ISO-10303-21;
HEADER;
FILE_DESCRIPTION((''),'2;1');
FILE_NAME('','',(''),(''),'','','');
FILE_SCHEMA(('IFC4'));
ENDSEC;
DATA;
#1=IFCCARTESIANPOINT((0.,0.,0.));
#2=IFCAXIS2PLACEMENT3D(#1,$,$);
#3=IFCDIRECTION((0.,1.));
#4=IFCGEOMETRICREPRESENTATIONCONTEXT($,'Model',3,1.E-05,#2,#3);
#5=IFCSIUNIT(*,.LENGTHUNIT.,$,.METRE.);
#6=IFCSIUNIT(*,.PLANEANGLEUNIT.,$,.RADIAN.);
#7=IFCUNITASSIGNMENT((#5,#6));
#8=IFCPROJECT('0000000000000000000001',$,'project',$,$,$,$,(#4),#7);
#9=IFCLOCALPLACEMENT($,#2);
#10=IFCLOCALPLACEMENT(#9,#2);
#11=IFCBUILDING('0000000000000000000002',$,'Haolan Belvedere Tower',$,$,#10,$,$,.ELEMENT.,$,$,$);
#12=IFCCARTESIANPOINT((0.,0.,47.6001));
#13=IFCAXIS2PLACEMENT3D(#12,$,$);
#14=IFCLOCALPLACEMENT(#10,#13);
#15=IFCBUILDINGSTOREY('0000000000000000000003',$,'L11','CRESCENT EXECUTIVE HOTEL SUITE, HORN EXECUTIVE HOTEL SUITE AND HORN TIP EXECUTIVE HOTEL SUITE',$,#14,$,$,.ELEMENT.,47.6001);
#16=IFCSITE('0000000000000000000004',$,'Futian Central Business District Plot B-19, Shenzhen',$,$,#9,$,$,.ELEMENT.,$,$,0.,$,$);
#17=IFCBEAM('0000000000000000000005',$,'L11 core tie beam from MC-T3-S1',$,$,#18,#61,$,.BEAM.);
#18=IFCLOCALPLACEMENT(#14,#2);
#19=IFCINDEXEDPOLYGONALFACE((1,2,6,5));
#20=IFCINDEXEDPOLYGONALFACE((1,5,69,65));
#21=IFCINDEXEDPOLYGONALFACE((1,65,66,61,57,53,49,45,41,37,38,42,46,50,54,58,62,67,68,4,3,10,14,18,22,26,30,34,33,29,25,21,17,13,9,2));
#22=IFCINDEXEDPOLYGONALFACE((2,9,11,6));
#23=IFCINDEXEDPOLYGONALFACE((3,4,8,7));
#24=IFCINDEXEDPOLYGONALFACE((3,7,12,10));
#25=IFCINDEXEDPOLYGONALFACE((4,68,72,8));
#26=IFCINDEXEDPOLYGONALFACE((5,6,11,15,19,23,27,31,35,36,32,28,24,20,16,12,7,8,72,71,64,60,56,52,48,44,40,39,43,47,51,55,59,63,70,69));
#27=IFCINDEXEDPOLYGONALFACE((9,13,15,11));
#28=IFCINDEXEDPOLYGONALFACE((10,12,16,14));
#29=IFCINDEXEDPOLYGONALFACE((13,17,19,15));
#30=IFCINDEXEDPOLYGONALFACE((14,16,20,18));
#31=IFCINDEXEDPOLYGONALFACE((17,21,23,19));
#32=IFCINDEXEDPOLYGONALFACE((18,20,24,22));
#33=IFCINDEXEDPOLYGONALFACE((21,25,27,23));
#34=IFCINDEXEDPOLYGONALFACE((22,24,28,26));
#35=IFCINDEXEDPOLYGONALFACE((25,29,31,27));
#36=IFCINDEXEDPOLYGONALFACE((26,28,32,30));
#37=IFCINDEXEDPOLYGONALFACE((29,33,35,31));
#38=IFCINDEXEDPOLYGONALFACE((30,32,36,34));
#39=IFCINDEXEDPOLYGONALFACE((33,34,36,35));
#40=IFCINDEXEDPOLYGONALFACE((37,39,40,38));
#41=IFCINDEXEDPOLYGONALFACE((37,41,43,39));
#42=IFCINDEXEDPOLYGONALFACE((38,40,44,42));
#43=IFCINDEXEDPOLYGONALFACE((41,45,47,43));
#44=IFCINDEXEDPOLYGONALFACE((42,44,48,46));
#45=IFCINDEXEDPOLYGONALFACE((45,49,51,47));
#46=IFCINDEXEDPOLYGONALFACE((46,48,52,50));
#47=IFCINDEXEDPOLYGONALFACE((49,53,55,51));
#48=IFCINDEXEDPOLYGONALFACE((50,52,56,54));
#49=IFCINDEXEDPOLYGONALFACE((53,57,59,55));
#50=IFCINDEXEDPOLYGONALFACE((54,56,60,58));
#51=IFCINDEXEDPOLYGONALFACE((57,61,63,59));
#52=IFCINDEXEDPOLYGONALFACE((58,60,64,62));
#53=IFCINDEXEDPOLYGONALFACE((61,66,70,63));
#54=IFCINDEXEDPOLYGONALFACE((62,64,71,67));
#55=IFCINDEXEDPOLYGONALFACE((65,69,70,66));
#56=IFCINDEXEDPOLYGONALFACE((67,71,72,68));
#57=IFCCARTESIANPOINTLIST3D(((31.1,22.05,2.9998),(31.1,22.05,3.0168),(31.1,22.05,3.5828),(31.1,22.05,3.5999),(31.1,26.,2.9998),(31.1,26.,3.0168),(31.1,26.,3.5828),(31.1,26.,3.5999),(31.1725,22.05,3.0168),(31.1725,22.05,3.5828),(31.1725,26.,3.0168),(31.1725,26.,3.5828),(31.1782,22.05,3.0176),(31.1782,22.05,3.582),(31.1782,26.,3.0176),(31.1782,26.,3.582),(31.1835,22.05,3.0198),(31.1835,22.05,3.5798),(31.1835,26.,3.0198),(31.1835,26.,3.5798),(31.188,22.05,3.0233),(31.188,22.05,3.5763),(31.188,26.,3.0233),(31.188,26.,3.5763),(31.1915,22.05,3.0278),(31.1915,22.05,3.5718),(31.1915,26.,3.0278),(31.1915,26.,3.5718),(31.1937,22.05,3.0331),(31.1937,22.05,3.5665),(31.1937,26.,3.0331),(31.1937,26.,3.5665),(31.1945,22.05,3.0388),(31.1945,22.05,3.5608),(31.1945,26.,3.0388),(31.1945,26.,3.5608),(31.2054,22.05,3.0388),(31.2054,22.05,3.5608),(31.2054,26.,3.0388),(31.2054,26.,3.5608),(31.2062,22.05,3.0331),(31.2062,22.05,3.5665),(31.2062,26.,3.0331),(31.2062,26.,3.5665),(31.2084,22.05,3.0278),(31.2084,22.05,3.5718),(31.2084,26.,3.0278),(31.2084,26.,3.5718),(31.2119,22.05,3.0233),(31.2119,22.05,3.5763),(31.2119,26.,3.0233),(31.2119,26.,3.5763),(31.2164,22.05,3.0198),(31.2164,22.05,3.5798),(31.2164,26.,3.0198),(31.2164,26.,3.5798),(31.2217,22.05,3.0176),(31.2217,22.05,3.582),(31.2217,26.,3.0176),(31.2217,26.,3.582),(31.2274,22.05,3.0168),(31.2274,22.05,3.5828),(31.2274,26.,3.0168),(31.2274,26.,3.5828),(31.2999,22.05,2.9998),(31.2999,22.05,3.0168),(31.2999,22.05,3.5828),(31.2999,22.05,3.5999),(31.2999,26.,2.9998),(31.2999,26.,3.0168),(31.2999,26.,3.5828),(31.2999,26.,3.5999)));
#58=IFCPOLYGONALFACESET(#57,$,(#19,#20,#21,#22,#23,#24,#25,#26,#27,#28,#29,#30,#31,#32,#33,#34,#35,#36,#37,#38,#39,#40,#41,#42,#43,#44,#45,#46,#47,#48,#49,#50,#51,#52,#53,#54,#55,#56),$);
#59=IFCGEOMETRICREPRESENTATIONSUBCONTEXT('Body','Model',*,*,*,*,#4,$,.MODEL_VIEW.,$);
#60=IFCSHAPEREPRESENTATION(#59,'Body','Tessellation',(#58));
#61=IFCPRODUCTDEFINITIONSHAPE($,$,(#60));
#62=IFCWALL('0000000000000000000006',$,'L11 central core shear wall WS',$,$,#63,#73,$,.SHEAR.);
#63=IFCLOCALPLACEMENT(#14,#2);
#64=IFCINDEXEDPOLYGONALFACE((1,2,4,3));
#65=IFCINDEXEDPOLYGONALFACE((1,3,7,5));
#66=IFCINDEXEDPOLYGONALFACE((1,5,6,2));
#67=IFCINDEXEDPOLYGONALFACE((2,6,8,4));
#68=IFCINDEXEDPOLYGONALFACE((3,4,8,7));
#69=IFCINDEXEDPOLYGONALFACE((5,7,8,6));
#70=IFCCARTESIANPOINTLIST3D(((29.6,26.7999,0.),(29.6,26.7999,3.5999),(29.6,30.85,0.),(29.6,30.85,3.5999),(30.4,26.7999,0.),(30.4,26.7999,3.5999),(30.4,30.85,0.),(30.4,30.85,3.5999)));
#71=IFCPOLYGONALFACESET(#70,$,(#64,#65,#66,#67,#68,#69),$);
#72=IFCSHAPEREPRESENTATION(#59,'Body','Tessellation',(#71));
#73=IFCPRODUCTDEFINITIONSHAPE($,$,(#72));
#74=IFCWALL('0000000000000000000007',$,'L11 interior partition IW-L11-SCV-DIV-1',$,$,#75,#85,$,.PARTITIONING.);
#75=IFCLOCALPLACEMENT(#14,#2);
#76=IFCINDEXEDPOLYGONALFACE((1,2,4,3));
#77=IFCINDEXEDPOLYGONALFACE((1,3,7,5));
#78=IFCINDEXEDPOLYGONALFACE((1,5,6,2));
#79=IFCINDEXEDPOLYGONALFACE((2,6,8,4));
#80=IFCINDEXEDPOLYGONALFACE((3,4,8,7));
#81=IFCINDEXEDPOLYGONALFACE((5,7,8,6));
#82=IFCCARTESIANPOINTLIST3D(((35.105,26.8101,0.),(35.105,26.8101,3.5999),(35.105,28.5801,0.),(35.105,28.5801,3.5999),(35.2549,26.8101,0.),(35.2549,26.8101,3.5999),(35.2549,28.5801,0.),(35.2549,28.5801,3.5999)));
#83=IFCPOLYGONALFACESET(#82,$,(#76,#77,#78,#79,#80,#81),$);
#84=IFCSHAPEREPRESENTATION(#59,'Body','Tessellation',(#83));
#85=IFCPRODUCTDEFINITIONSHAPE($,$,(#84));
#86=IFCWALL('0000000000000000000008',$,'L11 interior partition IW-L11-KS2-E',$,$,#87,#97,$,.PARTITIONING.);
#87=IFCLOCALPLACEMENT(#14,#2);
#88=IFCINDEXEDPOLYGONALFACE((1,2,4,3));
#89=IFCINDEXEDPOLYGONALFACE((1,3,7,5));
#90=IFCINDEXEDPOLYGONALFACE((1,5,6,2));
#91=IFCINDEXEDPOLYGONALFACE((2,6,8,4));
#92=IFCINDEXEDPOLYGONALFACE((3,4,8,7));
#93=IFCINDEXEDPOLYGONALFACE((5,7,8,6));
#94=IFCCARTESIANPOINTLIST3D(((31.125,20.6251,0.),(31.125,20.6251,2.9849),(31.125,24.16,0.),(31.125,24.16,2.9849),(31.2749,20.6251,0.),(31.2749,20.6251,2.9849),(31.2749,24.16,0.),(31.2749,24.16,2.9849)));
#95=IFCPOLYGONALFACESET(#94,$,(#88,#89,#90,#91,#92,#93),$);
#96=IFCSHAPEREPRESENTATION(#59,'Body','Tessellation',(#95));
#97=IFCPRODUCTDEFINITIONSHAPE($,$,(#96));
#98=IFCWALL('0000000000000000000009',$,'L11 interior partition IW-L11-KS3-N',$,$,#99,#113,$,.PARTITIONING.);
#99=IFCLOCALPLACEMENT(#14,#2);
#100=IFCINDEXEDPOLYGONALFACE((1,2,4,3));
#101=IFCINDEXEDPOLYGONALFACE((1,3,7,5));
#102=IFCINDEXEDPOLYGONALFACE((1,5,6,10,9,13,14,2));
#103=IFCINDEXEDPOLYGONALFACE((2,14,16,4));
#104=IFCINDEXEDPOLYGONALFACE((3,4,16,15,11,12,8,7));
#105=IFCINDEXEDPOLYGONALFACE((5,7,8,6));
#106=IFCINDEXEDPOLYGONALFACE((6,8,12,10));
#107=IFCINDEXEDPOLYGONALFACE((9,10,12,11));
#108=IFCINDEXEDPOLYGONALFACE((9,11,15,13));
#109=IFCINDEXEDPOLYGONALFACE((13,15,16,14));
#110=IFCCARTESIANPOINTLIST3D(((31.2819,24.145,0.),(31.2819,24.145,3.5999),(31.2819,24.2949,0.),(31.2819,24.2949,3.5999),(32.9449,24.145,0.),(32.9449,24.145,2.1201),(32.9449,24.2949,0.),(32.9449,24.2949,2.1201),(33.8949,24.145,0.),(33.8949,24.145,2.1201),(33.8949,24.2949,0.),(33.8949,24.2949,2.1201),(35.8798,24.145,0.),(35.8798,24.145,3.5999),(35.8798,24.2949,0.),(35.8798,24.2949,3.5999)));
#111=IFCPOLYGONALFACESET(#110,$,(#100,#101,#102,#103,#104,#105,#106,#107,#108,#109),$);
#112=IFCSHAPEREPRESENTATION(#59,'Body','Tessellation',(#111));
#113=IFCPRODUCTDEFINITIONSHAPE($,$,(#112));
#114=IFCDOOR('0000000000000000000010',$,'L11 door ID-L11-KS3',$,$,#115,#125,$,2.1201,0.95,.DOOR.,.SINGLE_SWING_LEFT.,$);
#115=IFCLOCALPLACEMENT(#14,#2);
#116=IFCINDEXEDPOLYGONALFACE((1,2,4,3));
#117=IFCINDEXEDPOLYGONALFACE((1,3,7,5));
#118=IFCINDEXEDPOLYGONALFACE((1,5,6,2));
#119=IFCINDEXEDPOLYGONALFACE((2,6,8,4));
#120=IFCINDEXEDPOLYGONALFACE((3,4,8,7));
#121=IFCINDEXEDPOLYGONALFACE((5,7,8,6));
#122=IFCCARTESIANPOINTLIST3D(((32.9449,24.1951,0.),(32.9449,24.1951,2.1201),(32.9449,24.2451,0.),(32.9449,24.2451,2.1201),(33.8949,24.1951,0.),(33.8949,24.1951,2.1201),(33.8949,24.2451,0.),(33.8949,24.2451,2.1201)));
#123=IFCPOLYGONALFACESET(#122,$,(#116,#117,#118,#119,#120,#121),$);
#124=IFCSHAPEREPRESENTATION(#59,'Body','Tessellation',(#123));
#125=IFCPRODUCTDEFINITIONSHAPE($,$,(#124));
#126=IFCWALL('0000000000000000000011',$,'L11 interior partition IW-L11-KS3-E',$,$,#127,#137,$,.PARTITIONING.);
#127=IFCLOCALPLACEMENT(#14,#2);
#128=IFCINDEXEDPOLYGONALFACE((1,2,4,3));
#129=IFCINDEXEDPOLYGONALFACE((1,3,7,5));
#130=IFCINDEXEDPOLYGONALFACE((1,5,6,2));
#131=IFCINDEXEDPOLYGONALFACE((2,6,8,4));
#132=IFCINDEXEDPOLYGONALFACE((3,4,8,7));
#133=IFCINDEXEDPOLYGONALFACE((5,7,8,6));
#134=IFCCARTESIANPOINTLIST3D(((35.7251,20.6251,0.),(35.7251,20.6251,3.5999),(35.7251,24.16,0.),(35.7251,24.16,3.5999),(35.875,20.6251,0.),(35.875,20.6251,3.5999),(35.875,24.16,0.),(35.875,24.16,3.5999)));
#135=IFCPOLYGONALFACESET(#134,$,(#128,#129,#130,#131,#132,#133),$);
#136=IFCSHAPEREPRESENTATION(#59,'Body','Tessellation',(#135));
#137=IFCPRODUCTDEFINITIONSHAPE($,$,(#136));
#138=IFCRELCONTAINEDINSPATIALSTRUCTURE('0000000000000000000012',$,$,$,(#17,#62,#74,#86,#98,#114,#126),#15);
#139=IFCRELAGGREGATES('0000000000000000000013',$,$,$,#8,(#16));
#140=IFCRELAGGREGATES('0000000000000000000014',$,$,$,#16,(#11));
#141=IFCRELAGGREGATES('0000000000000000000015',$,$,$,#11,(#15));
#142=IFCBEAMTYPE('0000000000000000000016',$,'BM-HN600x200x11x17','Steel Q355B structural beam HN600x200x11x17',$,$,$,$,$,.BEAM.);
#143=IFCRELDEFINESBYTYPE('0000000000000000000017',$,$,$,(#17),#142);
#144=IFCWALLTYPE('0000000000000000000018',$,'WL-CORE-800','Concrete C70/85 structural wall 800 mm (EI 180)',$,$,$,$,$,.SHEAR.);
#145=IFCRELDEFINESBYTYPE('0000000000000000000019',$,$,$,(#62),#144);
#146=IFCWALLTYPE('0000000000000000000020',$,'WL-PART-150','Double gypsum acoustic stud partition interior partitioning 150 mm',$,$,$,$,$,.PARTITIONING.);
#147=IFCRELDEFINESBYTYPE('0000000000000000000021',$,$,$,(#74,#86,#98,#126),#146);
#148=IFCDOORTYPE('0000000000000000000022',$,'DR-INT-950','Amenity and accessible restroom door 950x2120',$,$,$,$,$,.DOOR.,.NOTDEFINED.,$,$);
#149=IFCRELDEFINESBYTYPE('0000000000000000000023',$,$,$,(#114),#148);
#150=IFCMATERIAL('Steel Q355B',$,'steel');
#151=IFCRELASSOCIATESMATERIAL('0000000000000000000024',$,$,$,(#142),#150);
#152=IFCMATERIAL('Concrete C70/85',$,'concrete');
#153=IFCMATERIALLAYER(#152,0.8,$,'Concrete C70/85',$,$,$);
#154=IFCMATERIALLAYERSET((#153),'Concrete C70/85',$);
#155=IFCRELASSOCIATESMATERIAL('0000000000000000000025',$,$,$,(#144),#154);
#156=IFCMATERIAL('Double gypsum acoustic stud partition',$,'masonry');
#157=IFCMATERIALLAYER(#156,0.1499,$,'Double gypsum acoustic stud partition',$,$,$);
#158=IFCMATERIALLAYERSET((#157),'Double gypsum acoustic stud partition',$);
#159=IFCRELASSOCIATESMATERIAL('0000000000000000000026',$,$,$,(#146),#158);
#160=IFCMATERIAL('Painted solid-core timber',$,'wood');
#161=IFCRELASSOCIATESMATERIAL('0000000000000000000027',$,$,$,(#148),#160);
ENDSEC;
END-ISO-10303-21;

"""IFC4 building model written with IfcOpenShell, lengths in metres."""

from ifc_helpers import new_model, si_unit, direction, frame, frame_2d, origin, origin_2d, place, context, subcontext, project, spatial, rectangle, i_section, extrude, material, layer, layer_set, material_profile, profile_set, type_object, element, fill, save


model = new_model("IFC4")

# Units and contexts
model_context = context("Model", 3, precision=1e-05, world=origin(), true_north=direction((0.0, 1.0)))
body_context = subcontext(model_context, "Body", "Model", "MODEL_VIEW")
ifc_project = project(units=[si_unit("LENGTHUNIT", "METRE"), si_unit("PLANEANGLEUNIT", "RADIAN")], contexts=[model_context])

# Site, building, storey
site_placement = place(None, origin())
site = spatial("IfcSite", under=ifc_project, at=site_placement, Name="Futian Central Business District Plot B-19, Shenzhen", CompositionType="ELEMENT", RefElevation=0.0)
building_placement = place(site_placement, origin())
building = spatial("IfcBuilding", under=site, at=building_placement, Name="Haolan Belvedere Tower", CompositionType="ELEMENT")
storey_placement = place(building_placement, frame((0.0, 0.0, 47.6001)))
storey = spatial("IfcBuildingStorey", under=building, at=storey_placement, Name="L11", Description="CRESCENT EXECUTIVE HOTEL SUITE, HORN EXECUTIVE HOTEL SUITE AND HORN TIP EXECUTIVE HOTEL SUITE", CompositionType="ELEMENT", Elevation=47.6001)

# Shared definitions
ifc_material_1 = material(Name="Steel Q355B", Category="steel")

# Beam
ifc_material_profile_1 = material_profile(ifc_material_1, i_section(OverallWidth=0.2, OverallDepth=0.6001, WebThickness=0.011, FlangeThickness=0.0171, FilletRadius=0.022, at=origin_2d()), Name="Steel Q355B")
ifc_profile_set_1 = profile_set([ifc_material_profile_1], Name="Steel Q355B")
beam_type_1 = type_object("IfcBeamType", Name="BM-HN600x200x11x17", Description="Steel Q355B structural beam HN600x200x11x17", PredefinedType="BEAM", material=ifc_profile_set_1)
beam_1_placement = place(storey_placement, frame((31.2, 22.05, 3.2998), z_axis=(0.0, 1.0, 0.0), x_axis=(-1.0, 0.0, 0.0)))
element("IfcBeam", 1, at=beam_1_placement, inside=storey, type_object=beam_type_1, Name="L11 core tie beam from MC-T3-S1", PredefinedType="BEAM", context=body_context, shape_type="SweptSolid", body=[
    extrude(i_section(OverallWidth=0.2, OverallDepth=0.6001, WebThickness=0.011, FlangeThickness=0.0171, FilletRadius=0.022, at=origin_2d()), origin(), (0.0, 0.0, 1.0), 3.95),
])

# Walls
ifc_material_2 = material(Name="Concrete C70/85", Category="concrete")
ifc_layer_1 = layer(ifc_material_2, 0.8, Name="Concrete C70/85")
ifc_layer_set_1 = layer_set([ifc_layer_1], Name="Concrete C70/85")
wall_type_1 = type_object("IfcWallType", Name="WL-CORE-800", Description="Concrete C70/85 structural wall 800 mm (EI 180)", PredefinedType="SHEAR", material=ifc_layer_set_1)
wall_1_placement = place(storey_placement, frame((30.0, 26.8, 0.0), z_axis=(0.0, 0.0, 1.0), x_axis=(0.0, 1.0, 0.0)))
element("IfcWall", 2, at=wall_1_placement, inside=storey, type_object=wall_type_1, Name="L11 central core shear wall WS", PredefinedType="SHEAR", context=body_context, shape_type="SweptSolid", body=[
    extrude(rectangle(XDim=4.05, YDim=0.8, at=frame_2d((2.0249, 0.0))), origin(), (0.0, 0.0, 1.0), 3.5999),
])
ifc_material_3 = material(Name="Double gypsum acoustic stud partition", Category="masonry")
ifc_layer_2 = layer(ifc_material_3, 0.1499, Name="Double gypsum acoustic stud partition")
ifc_layer_set_2 = layer_set([ifc_layer_2], Name="Double gypsum acoustic stud partition")
wall_type_2 = type_object("IfcWallType", Name="WL-PART-150", Description="Double gypsum acoustic stud partition interior partitioning 150 mm", PredefinedType="PARTITIONING", material=ifc_layer_set_2)
wall_2_placement = place(storey_placement, frame((35.1799, 26.8101, 0.0), z_axis=(0.0, 0.0, 1.0), x_axis=(0.0, 1.0, 0.0)))
element("IfcWall", 3, at=wall_2_placement, inside=storey, type_object=wall_type_2, Name="L11 interior partition IW-L11-SCV-DIV-1", PredefinedType="PARTITIONING", context=body_context, shape_type="SweptSolid", body=[
    extrude(rectangle(XDim=1.77, YDim=0.1499, at=frame_2d((0.885, 0.0))), origin(), (0.0, 0.0, 1.0), 3.5999),
])
wall_3_placement = place(storey_placement, frame((31.2, 20.625, 0.0), z_axis=(0.0, 0.0, 1.0), x_axis=(0.0, 1.0, 0.0)))
element("IfcWall", 4, at=wall_3_placement, inside=storey, type_object=wall_type_2, Name="L11 interior partition IW-L11-KS2-E", PredefinedType="PARTITIONING", context=body_context, shape_type="SweptSolid", body=[
    extrude(rectangle(XDim=3.5349, YDim=0.1499, at=frame_2d((1.7676, 0.0))), origin(), (0.0, 0.0, 1.0), 2.9849),
])

# Wall, opening, door
wall_4_placement = place(storey_placement, frame((31.282, 24.22, 0.0), z_axis=(0.0, 0.0, 1.0), x_axis=(1.0, 0.0, 0.0)))
wall_4 = element("IfcWall", 5, at=wall_4_placement, inside=storey, type_object=wall_type_2, Name="L11 interior partition IW-L11-KS3-N", PredefinedType="PARTITIONING", context=body_context, shape_type="SweptSolid", body=[
    extrude(rectangle(XDim=4.5979, YDim=0.1499, at=frame_2d((2.2988, 0.0))), origin(), (0.0, 0.0, 1.0), 3.5999),
])
opening_1_placement = place(wall_4_placement, frame((2.613, 0.0, 0.0), z_axis=(0.0, 0.0, 1.0), x_axis=(-1.0, 0.0, 0.0)))
opening_1 = element("IfcOpeningElement", 6, at=opening_1_placement, cuts=wall_4, PredefinedType="OPENING", context=body_context, shape_type="SweptSolid", body=[
    extrude(rectangle(XDim=0.95, YDim=2.1201, at=frame_2d((0.4751, 1.0601))), frame((0.0, 0.085, 0.0), z_axis=(0.0, -1.0, 0.0), x_axis=(1.0, 0.0, 0.0)), (0.0, 0.0, 1.0), 0.1699),
])
ifc_material_4 = material(Name="Painted solid-core timber", Category="wood")
door_type = type_object("IfcDoorType", Name="DR-INT-950", Description="Amenity and accessible restroom door 950x2120", OperationType="NOTDEFINED", PredefinedType="DOOR", material=ifc_material_4)
door_1_placement = place(opening_1_placement, origin())
door_1 = element("IfcDoor", 7, at=door_1_placement, inside=storey, type_object=door_type, Name="L11 door ID-L11-KS3", OperationType="SINGLE_SWING_LEFT", OverallHeight=2.1201, OverallWidth=0.95, PredefinedType="DOOR", context=body_context, shape_type="SweptSolid", body=[
    extrude(rectangle(XDim=0.95, YDim=2.1201, at=frame_2d((0.4751, 1.0601))), frame((0.0, 0.0249, 0.0), z_axis=(0.0, -1.0, 0.0), x_axis=(1.0, 0.0, 0.0)), (0.0, 0.0, 1.0), 0.05),
])
fill(opening_1, door_1)

# Wall
wall_5_placement = place(storey_placement, frame((35.8, 20.625, 0.0), z_axis=(0.0, 0.0, 1.0), x_axis=(0.0, 1.0, 0.0)))
element("IfcWall", 8, at=wall_5_placement, inside=storey, type_object=wall_type_2, Name="L11 interior partition IW-L11-KS3-E", PredefinedType="PARTITIONING", context=body_context, shape_type="SweptSolid", body=[
    extrude(rectangle(XDim=3.5349, YDim=0.1499, at=frame_2d((1.7676, 0.0))), origin(), (0.0, 0.0, 1.0), 3.5999),
])

save(model, "model.ifc")
